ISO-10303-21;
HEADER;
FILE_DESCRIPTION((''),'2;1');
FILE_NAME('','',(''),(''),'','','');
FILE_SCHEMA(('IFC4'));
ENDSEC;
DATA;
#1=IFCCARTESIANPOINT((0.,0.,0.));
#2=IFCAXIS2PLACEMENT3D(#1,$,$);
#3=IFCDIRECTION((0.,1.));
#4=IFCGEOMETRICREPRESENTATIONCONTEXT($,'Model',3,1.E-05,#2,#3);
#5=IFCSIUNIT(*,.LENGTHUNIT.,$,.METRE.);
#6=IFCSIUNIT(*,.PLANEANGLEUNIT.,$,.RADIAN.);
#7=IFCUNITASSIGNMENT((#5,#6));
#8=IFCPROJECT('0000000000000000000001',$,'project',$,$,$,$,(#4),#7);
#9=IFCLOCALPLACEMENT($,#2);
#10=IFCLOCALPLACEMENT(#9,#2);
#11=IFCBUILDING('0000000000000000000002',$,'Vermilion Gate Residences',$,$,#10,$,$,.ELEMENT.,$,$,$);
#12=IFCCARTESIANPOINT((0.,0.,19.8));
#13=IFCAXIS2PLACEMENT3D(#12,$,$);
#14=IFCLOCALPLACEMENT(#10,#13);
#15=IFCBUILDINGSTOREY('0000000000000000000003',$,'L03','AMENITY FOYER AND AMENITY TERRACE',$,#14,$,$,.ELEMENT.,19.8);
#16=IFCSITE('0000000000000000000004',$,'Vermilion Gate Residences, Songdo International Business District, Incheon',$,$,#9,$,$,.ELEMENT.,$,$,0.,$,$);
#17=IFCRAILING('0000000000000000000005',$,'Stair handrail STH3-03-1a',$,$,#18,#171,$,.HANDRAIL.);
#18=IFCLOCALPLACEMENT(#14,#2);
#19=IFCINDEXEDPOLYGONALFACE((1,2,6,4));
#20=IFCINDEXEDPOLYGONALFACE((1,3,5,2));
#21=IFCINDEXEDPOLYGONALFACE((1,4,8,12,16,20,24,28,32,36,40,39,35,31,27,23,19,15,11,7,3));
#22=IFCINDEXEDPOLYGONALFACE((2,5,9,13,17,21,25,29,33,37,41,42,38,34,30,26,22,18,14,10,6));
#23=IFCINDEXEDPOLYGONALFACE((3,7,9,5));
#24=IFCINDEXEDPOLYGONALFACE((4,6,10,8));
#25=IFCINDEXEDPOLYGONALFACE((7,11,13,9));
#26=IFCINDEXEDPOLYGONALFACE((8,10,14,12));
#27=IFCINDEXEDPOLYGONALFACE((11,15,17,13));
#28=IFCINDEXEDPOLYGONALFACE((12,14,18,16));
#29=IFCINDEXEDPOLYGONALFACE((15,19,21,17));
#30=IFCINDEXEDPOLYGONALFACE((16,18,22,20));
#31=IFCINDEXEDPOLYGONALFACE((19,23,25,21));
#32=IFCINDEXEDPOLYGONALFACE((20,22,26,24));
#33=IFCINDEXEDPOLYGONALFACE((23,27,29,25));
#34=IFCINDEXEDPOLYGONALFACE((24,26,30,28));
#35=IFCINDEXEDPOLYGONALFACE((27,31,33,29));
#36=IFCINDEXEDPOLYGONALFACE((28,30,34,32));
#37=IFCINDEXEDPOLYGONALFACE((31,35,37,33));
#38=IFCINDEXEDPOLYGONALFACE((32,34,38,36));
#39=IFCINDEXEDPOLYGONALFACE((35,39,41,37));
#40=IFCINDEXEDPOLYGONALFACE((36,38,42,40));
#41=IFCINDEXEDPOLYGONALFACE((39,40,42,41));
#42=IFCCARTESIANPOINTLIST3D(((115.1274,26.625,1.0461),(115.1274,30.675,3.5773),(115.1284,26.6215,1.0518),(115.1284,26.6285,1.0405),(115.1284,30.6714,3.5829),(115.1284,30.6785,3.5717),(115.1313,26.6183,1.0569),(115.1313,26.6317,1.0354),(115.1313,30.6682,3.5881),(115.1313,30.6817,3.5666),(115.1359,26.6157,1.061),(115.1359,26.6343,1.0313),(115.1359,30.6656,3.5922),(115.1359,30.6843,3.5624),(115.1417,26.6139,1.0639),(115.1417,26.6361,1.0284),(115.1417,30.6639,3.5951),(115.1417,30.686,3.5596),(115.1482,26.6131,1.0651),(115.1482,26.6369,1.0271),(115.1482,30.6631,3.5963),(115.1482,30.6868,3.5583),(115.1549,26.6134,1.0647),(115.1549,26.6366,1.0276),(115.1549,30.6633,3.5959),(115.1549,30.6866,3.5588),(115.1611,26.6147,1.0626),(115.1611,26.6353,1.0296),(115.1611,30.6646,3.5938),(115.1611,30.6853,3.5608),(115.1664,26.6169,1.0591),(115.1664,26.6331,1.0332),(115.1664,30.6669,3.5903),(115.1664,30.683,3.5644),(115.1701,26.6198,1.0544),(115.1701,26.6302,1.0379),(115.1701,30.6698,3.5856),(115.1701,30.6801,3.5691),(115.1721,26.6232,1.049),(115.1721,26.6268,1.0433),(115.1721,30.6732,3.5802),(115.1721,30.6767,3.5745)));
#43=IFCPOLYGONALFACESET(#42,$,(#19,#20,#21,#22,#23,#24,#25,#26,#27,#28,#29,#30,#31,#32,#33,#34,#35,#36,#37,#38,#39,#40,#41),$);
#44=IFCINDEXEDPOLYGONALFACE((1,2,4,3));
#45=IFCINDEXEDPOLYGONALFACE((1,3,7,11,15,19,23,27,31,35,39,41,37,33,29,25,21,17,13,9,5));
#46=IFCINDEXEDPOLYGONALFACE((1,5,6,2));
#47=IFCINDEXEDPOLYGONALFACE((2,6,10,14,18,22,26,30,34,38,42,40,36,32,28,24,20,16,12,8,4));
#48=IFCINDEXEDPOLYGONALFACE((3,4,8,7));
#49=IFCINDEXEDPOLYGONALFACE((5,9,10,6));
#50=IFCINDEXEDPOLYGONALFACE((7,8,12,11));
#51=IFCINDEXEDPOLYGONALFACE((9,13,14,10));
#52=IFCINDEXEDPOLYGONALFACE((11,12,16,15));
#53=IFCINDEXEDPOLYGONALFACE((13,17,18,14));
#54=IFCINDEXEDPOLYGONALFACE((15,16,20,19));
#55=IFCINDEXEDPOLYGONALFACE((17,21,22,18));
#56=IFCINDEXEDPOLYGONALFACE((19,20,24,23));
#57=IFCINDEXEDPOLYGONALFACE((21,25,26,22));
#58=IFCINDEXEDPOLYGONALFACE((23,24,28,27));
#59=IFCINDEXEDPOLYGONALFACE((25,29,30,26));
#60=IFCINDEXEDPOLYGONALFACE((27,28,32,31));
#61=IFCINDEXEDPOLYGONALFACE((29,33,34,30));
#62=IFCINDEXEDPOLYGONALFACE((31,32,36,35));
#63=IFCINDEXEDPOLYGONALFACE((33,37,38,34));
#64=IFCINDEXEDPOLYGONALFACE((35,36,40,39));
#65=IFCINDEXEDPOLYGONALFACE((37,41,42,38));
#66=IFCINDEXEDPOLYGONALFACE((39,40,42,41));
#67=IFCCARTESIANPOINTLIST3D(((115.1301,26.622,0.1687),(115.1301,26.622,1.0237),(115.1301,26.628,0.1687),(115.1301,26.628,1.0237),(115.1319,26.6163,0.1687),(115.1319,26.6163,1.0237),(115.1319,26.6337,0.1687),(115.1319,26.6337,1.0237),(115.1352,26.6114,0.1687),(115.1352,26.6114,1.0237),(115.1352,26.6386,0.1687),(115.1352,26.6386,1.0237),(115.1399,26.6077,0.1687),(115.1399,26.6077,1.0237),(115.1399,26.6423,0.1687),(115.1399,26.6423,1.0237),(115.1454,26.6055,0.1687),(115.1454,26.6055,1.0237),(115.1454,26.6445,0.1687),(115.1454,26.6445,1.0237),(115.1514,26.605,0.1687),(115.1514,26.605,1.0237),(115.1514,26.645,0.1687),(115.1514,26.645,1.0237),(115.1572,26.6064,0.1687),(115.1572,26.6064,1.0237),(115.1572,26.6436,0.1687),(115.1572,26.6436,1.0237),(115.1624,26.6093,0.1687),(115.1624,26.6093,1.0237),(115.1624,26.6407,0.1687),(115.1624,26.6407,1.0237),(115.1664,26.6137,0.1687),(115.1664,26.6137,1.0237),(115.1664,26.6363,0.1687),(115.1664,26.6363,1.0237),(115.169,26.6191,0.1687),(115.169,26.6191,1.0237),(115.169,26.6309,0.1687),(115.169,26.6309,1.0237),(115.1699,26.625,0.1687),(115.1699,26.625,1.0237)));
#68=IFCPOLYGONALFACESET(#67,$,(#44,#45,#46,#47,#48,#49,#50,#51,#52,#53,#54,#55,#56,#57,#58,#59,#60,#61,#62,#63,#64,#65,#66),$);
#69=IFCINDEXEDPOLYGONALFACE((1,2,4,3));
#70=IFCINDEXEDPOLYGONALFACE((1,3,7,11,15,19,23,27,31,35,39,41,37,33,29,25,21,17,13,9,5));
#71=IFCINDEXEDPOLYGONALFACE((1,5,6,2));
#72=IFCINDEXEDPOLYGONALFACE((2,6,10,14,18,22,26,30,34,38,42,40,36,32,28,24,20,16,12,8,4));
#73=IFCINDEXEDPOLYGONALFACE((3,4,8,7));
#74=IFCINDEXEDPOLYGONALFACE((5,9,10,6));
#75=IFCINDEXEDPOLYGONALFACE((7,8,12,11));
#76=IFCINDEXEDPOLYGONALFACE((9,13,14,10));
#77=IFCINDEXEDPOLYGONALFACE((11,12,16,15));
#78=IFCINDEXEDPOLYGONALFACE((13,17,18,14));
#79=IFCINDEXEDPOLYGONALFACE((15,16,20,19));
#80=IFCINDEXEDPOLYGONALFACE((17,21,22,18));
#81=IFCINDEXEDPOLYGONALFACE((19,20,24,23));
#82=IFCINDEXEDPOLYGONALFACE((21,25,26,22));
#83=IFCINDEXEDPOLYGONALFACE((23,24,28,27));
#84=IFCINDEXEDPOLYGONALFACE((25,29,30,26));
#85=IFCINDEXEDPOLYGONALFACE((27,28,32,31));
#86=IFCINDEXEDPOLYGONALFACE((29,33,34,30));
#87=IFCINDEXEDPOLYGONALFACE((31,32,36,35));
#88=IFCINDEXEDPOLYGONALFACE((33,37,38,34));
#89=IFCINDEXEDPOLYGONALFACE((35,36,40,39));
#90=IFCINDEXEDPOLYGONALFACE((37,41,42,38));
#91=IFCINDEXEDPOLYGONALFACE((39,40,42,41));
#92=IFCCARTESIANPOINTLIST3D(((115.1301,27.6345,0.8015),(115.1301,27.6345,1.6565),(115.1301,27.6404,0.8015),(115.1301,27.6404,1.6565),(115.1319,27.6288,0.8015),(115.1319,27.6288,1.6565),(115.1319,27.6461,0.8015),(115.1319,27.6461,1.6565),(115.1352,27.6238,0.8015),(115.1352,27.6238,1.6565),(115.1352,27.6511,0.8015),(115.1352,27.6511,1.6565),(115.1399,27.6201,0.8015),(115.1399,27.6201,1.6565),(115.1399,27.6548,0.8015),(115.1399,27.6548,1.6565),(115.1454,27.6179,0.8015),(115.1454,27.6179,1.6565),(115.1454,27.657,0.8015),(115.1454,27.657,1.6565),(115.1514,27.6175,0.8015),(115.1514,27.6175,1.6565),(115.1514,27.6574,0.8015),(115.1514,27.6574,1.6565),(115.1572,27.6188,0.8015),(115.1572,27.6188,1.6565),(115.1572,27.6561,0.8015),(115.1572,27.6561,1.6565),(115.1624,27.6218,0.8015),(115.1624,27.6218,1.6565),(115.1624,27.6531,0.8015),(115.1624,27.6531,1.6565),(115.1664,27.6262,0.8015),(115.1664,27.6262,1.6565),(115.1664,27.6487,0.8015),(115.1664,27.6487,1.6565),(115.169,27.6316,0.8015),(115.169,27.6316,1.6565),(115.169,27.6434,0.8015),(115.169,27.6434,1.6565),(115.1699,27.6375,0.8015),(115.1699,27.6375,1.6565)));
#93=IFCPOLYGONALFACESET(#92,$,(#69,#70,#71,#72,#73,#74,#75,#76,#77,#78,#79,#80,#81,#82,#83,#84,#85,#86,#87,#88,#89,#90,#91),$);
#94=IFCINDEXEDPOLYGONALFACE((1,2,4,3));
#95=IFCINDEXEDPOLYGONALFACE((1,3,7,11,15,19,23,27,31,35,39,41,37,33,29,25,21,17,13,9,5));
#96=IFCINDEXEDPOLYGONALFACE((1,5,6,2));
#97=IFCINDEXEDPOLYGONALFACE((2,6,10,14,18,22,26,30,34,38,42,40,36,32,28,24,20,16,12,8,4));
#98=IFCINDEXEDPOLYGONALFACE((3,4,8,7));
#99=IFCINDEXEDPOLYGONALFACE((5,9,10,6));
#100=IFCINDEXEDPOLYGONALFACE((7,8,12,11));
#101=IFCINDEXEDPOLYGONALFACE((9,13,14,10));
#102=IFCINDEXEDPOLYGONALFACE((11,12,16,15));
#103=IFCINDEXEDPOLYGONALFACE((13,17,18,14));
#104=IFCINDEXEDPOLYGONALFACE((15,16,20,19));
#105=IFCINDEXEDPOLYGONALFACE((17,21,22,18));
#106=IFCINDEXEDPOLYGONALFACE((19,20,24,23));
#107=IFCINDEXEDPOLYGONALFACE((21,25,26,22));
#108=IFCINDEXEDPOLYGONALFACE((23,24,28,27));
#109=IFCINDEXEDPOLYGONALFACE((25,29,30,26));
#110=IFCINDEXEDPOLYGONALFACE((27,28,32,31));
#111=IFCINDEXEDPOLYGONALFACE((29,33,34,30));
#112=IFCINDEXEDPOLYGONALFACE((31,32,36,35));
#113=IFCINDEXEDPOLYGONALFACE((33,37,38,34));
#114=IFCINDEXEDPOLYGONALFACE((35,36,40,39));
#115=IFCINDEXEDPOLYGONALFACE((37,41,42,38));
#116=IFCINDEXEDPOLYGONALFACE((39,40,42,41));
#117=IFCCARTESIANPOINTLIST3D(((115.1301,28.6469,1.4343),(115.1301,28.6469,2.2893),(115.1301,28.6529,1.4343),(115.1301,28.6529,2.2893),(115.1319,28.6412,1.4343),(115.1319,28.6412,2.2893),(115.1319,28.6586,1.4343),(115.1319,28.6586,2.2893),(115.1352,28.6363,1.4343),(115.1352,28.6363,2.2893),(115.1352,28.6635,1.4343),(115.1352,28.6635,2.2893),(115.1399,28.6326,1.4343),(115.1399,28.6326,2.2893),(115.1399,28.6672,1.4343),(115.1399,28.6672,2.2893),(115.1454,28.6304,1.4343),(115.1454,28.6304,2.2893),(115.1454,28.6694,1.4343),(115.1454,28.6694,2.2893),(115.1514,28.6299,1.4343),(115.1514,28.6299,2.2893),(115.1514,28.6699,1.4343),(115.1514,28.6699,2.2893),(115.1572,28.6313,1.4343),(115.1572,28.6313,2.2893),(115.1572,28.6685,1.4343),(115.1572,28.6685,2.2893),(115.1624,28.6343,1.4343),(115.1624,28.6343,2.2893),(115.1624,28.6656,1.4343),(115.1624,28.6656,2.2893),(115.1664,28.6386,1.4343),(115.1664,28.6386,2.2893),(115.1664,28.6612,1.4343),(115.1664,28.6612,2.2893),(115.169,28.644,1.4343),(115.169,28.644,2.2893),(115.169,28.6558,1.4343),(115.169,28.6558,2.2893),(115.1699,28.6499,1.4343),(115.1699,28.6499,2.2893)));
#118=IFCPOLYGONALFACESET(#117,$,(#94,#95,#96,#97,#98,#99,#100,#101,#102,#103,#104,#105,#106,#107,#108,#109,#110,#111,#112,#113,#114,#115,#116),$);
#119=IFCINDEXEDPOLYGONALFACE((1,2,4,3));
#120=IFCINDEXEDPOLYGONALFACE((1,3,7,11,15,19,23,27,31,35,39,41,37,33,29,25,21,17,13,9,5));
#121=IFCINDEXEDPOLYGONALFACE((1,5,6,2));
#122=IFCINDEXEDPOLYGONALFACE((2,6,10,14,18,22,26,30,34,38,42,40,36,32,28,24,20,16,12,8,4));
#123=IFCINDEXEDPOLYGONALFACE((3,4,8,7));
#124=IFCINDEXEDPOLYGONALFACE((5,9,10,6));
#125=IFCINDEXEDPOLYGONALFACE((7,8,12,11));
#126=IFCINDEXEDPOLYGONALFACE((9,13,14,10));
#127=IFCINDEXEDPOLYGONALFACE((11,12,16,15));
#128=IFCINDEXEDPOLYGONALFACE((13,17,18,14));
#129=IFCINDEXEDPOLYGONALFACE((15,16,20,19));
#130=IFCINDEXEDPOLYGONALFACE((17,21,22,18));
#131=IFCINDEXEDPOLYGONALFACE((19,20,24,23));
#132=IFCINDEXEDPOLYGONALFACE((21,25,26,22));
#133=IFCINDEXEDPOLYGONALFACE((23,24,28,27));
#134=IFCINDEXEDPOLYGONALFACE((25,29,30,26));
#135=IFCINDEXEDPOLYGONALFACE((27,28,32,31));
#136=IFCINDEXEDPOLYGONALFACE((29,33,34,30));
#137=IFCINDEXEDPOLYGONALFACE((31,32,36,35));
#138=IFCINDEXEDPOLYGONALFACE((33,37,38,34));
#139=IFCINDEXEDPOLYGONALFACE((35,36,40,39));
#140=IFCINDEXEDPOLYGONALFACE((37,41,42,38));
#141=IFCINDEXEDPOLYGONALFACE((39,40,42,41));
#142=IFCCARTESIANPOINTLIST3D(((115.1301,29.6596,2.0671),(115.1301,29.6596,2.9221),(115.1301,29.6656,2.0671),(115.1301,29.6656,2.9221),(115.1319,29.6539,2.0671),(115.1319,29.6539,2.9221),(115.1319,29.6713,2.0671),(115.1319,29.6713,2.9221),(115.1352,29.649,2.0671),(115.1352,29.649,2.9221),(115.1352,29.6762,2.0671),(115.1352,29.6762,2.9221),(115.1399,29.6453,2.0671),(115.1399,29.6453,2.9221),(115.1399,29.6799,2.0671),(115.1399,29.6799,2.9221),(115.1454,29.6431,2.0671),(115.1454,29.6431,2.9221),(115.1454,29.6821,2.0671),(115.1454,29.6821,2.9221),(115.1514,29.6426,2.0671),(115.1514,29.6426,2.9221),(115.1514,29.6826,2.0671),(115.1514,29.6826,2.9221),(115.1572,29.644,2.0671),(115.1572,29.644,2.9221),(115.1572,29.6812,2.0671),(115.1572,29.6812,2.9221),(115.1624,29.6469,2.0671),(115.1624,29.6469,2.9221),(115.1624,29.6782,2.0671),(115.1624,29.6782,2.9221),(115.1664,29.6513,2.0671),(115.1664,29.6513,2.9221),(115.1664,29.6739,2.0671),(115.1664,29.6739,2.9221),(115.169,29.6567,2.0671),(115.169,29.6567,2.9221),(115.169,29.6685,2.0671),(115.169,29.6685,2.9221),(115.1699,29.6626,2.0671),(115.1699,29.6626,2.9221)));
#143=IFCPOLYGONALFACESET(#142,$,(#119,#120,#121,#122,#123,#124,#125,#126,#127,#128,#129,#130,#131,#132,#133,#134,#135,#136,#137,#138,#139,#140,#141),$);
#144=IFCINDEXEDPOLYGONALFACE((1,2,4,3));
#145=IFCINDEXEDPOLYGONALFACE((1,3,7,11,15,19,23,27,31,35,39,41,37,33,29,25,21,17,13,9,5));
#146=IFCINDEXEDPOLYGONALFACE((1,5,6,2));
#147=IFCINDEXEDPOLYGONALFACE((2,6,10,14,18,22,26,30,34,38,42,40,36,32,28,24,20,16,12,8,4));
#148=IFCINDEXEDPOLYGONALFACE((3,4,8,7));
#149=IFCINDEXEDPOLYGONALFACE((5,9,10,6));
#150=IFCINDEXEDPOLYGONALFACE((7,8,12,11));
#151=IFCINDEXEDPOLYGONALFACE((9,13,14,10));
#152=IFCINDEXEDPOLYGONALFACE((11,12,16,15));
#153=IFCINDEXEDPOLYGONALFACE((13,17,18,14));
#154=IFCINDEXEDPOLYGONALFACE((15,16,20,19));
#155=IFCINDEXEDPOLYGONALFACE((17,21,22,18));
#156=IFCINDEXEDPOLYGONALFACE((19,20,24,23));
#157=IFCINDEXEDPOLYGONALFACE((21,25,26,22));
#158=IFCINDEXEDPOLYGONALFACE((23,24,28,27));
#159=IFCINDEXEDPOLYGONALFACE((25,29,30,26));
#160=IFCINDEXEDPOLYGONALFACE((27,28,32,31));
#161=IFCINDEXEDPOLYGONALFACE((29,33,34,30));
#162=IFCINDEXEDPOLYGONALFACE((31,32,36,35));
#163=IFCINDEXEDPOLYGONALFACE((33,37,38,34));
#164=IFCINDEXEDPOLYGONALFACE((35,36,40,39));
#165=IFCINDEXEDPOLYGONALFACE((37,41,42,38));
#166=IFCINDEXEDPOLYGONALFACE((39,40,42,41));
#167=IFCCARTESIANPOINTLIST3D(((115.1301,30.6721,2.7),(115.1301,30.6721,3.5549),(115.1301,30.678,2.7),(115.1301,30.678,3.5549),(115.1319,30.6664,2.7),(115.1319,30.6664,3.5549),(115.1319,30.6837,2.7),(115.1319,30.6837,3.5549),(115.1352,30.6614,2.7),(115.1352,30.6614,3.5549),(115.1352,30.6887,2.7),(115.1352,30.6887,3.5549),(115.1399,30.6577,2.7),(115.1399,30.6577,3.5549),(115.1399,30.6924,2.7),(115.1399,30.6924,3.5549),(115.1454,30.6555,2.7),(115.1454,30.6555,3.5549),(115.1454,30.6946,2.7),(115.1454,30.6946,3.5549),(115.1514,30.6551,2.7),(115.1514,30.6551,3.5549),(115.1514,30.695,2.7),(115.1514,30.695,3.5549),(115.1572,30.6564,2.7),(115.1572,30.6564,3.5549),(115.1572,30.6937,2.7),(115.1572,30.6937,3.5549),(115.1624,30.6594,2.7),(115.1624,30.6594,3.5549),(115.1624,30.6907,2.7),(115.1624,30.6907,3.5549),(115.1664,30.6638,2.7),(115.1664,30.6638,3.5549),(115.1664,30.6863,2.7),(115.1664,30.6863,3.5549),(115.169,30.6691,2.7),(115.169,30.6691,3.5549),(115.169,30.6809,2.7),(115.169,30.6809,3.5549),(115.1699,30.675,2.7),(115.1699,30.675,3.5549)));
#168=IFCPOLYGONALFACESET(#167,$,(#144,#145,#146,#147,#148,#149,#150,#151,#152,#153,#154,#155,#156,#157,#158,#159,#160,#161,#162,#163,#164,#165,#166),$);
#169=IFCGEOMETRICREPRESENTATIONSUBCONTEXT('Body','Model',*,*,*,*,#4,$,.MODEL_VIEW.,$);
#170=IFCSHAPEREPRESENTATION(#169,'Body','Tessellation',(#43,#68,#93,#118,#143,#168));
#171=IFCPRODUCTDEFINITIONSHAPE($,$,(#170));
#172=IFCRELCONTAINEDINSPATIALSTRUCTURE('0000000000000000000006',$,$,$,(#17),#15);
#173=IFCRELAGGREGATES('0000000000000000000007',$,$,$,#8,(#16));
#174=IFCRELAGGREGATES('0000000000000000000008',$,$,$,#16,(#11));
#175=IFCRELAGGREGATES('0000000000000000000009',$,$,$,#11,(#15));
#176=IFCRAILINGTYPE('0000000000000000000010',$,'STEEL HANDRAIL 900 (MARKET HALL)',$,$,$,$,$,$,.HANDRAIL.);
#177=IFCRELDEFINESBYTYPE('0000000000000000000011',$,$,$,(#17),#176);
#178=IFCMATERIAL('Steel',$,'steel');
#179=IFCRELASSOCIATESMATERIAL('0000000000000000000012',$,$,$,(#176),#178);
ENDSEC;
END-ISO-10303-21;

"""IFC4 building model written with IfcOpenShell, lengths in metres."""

from ifc_helpers import new_model, si_unit, direction, frame, origin, origin_2d, place, context, subcontext, project, spatial, circle, extrude, material, type_object, element, save


model = new_model("IFC4")

# Units and contexts
model_context = context("Model", 3, precision=1e-05, world=origin(), true_north=direction((0.0, 1.0)))
body_context = subcontext(model_context, "Body", "Model", "MODEL_VIEW")
ifc_project = project(units=[si_unit("LENGTHUNIT", "METRE"), si_unit("PLANEANGLEUNIT", "RADIAN")], contexts=[model_context])

# Site, building, storey
site_placement = place(None, origin())
site = spatial("IfcSite", under=ifc_project, at=site_placement, Name="Vermilion Gate Residences, Songdo International Business District, Incheon", CompositionType="ELEMENT", RefElevation=0.0)
building_placement = place(site_placement, origin())
building = spatial("IfcBuilding", under=site, at=building_placement, Name="Vermilion Gate Residences", CompositionType="ELEMENT")
storey_placement = place(building_placement, frame((0.0, 0.0, 19.8)))
storey = spatial("IfcBuildingStorey", under=building, at=storey_placement, Name="L03", Description="AMENITY FOYER AND AMENITY TERRACE", CompositionType="ELEMENT", Elevation=19.8)

# Railing
ifc_material_1 = material(Name="Steel", Category="steel")
railing_type_1 = type_object("IfcRailingType", Name="STEEL HANDRAIL 900 (MARKET HALL)", PredefinedType="HANDRAIL", material=ifc_material_1)
for number, where, name in (
    (1, (115.1499, 26.625, 0.1687), "Stair handrail STH3-03-1a"),
):
    element("IfcRailing", number, at=place(storey_placement, frame(where)), inside=storey, type_object=railing_type_1, Name=name, PredefinedType="HANDRAIL", context=body_context, shape_type="SweptSolid", body=[
        extrude(circle(Radius=0.0225, at=origin_2d()), frame((0.0, 0.0, 0.8774), z_axis=(0.0, 0.848001, 0.529994), x_axis=(-1.0, 0.0, 0.0)), (0.0, 0.0, 1.0), 4.7759),
        extrude(circle(Radius=0.02, at=origin_2d()), origin(), (0.0, 0.0, 1.0), 0.855),
        extrude(circle(Radius=0.02, at=origin_2d()), frame((0.0, 1.0125, 0.6328)), (0.0, 0.0, 1.0), 0.855),
        extrude(circle(Radius=0.02, at=origin_2d()), frame((0.0, 2.0249, 1.2656)), (0.0, 0.0, 1.0), 0.855),
        extrude(circle(Radius=0.02, at=origin_2d()), frame((0.0, 3.0376, 1.8984)), (0.0, 0.0, 1.0), 0.855),
        extrude(circle(Radius=0.02, at=origin_2d()), frame((0.0, 4.05, 2.5312)), (0.0, 0.0, 1.0), 0.855),
    ])

save(model, "model.ifc")
